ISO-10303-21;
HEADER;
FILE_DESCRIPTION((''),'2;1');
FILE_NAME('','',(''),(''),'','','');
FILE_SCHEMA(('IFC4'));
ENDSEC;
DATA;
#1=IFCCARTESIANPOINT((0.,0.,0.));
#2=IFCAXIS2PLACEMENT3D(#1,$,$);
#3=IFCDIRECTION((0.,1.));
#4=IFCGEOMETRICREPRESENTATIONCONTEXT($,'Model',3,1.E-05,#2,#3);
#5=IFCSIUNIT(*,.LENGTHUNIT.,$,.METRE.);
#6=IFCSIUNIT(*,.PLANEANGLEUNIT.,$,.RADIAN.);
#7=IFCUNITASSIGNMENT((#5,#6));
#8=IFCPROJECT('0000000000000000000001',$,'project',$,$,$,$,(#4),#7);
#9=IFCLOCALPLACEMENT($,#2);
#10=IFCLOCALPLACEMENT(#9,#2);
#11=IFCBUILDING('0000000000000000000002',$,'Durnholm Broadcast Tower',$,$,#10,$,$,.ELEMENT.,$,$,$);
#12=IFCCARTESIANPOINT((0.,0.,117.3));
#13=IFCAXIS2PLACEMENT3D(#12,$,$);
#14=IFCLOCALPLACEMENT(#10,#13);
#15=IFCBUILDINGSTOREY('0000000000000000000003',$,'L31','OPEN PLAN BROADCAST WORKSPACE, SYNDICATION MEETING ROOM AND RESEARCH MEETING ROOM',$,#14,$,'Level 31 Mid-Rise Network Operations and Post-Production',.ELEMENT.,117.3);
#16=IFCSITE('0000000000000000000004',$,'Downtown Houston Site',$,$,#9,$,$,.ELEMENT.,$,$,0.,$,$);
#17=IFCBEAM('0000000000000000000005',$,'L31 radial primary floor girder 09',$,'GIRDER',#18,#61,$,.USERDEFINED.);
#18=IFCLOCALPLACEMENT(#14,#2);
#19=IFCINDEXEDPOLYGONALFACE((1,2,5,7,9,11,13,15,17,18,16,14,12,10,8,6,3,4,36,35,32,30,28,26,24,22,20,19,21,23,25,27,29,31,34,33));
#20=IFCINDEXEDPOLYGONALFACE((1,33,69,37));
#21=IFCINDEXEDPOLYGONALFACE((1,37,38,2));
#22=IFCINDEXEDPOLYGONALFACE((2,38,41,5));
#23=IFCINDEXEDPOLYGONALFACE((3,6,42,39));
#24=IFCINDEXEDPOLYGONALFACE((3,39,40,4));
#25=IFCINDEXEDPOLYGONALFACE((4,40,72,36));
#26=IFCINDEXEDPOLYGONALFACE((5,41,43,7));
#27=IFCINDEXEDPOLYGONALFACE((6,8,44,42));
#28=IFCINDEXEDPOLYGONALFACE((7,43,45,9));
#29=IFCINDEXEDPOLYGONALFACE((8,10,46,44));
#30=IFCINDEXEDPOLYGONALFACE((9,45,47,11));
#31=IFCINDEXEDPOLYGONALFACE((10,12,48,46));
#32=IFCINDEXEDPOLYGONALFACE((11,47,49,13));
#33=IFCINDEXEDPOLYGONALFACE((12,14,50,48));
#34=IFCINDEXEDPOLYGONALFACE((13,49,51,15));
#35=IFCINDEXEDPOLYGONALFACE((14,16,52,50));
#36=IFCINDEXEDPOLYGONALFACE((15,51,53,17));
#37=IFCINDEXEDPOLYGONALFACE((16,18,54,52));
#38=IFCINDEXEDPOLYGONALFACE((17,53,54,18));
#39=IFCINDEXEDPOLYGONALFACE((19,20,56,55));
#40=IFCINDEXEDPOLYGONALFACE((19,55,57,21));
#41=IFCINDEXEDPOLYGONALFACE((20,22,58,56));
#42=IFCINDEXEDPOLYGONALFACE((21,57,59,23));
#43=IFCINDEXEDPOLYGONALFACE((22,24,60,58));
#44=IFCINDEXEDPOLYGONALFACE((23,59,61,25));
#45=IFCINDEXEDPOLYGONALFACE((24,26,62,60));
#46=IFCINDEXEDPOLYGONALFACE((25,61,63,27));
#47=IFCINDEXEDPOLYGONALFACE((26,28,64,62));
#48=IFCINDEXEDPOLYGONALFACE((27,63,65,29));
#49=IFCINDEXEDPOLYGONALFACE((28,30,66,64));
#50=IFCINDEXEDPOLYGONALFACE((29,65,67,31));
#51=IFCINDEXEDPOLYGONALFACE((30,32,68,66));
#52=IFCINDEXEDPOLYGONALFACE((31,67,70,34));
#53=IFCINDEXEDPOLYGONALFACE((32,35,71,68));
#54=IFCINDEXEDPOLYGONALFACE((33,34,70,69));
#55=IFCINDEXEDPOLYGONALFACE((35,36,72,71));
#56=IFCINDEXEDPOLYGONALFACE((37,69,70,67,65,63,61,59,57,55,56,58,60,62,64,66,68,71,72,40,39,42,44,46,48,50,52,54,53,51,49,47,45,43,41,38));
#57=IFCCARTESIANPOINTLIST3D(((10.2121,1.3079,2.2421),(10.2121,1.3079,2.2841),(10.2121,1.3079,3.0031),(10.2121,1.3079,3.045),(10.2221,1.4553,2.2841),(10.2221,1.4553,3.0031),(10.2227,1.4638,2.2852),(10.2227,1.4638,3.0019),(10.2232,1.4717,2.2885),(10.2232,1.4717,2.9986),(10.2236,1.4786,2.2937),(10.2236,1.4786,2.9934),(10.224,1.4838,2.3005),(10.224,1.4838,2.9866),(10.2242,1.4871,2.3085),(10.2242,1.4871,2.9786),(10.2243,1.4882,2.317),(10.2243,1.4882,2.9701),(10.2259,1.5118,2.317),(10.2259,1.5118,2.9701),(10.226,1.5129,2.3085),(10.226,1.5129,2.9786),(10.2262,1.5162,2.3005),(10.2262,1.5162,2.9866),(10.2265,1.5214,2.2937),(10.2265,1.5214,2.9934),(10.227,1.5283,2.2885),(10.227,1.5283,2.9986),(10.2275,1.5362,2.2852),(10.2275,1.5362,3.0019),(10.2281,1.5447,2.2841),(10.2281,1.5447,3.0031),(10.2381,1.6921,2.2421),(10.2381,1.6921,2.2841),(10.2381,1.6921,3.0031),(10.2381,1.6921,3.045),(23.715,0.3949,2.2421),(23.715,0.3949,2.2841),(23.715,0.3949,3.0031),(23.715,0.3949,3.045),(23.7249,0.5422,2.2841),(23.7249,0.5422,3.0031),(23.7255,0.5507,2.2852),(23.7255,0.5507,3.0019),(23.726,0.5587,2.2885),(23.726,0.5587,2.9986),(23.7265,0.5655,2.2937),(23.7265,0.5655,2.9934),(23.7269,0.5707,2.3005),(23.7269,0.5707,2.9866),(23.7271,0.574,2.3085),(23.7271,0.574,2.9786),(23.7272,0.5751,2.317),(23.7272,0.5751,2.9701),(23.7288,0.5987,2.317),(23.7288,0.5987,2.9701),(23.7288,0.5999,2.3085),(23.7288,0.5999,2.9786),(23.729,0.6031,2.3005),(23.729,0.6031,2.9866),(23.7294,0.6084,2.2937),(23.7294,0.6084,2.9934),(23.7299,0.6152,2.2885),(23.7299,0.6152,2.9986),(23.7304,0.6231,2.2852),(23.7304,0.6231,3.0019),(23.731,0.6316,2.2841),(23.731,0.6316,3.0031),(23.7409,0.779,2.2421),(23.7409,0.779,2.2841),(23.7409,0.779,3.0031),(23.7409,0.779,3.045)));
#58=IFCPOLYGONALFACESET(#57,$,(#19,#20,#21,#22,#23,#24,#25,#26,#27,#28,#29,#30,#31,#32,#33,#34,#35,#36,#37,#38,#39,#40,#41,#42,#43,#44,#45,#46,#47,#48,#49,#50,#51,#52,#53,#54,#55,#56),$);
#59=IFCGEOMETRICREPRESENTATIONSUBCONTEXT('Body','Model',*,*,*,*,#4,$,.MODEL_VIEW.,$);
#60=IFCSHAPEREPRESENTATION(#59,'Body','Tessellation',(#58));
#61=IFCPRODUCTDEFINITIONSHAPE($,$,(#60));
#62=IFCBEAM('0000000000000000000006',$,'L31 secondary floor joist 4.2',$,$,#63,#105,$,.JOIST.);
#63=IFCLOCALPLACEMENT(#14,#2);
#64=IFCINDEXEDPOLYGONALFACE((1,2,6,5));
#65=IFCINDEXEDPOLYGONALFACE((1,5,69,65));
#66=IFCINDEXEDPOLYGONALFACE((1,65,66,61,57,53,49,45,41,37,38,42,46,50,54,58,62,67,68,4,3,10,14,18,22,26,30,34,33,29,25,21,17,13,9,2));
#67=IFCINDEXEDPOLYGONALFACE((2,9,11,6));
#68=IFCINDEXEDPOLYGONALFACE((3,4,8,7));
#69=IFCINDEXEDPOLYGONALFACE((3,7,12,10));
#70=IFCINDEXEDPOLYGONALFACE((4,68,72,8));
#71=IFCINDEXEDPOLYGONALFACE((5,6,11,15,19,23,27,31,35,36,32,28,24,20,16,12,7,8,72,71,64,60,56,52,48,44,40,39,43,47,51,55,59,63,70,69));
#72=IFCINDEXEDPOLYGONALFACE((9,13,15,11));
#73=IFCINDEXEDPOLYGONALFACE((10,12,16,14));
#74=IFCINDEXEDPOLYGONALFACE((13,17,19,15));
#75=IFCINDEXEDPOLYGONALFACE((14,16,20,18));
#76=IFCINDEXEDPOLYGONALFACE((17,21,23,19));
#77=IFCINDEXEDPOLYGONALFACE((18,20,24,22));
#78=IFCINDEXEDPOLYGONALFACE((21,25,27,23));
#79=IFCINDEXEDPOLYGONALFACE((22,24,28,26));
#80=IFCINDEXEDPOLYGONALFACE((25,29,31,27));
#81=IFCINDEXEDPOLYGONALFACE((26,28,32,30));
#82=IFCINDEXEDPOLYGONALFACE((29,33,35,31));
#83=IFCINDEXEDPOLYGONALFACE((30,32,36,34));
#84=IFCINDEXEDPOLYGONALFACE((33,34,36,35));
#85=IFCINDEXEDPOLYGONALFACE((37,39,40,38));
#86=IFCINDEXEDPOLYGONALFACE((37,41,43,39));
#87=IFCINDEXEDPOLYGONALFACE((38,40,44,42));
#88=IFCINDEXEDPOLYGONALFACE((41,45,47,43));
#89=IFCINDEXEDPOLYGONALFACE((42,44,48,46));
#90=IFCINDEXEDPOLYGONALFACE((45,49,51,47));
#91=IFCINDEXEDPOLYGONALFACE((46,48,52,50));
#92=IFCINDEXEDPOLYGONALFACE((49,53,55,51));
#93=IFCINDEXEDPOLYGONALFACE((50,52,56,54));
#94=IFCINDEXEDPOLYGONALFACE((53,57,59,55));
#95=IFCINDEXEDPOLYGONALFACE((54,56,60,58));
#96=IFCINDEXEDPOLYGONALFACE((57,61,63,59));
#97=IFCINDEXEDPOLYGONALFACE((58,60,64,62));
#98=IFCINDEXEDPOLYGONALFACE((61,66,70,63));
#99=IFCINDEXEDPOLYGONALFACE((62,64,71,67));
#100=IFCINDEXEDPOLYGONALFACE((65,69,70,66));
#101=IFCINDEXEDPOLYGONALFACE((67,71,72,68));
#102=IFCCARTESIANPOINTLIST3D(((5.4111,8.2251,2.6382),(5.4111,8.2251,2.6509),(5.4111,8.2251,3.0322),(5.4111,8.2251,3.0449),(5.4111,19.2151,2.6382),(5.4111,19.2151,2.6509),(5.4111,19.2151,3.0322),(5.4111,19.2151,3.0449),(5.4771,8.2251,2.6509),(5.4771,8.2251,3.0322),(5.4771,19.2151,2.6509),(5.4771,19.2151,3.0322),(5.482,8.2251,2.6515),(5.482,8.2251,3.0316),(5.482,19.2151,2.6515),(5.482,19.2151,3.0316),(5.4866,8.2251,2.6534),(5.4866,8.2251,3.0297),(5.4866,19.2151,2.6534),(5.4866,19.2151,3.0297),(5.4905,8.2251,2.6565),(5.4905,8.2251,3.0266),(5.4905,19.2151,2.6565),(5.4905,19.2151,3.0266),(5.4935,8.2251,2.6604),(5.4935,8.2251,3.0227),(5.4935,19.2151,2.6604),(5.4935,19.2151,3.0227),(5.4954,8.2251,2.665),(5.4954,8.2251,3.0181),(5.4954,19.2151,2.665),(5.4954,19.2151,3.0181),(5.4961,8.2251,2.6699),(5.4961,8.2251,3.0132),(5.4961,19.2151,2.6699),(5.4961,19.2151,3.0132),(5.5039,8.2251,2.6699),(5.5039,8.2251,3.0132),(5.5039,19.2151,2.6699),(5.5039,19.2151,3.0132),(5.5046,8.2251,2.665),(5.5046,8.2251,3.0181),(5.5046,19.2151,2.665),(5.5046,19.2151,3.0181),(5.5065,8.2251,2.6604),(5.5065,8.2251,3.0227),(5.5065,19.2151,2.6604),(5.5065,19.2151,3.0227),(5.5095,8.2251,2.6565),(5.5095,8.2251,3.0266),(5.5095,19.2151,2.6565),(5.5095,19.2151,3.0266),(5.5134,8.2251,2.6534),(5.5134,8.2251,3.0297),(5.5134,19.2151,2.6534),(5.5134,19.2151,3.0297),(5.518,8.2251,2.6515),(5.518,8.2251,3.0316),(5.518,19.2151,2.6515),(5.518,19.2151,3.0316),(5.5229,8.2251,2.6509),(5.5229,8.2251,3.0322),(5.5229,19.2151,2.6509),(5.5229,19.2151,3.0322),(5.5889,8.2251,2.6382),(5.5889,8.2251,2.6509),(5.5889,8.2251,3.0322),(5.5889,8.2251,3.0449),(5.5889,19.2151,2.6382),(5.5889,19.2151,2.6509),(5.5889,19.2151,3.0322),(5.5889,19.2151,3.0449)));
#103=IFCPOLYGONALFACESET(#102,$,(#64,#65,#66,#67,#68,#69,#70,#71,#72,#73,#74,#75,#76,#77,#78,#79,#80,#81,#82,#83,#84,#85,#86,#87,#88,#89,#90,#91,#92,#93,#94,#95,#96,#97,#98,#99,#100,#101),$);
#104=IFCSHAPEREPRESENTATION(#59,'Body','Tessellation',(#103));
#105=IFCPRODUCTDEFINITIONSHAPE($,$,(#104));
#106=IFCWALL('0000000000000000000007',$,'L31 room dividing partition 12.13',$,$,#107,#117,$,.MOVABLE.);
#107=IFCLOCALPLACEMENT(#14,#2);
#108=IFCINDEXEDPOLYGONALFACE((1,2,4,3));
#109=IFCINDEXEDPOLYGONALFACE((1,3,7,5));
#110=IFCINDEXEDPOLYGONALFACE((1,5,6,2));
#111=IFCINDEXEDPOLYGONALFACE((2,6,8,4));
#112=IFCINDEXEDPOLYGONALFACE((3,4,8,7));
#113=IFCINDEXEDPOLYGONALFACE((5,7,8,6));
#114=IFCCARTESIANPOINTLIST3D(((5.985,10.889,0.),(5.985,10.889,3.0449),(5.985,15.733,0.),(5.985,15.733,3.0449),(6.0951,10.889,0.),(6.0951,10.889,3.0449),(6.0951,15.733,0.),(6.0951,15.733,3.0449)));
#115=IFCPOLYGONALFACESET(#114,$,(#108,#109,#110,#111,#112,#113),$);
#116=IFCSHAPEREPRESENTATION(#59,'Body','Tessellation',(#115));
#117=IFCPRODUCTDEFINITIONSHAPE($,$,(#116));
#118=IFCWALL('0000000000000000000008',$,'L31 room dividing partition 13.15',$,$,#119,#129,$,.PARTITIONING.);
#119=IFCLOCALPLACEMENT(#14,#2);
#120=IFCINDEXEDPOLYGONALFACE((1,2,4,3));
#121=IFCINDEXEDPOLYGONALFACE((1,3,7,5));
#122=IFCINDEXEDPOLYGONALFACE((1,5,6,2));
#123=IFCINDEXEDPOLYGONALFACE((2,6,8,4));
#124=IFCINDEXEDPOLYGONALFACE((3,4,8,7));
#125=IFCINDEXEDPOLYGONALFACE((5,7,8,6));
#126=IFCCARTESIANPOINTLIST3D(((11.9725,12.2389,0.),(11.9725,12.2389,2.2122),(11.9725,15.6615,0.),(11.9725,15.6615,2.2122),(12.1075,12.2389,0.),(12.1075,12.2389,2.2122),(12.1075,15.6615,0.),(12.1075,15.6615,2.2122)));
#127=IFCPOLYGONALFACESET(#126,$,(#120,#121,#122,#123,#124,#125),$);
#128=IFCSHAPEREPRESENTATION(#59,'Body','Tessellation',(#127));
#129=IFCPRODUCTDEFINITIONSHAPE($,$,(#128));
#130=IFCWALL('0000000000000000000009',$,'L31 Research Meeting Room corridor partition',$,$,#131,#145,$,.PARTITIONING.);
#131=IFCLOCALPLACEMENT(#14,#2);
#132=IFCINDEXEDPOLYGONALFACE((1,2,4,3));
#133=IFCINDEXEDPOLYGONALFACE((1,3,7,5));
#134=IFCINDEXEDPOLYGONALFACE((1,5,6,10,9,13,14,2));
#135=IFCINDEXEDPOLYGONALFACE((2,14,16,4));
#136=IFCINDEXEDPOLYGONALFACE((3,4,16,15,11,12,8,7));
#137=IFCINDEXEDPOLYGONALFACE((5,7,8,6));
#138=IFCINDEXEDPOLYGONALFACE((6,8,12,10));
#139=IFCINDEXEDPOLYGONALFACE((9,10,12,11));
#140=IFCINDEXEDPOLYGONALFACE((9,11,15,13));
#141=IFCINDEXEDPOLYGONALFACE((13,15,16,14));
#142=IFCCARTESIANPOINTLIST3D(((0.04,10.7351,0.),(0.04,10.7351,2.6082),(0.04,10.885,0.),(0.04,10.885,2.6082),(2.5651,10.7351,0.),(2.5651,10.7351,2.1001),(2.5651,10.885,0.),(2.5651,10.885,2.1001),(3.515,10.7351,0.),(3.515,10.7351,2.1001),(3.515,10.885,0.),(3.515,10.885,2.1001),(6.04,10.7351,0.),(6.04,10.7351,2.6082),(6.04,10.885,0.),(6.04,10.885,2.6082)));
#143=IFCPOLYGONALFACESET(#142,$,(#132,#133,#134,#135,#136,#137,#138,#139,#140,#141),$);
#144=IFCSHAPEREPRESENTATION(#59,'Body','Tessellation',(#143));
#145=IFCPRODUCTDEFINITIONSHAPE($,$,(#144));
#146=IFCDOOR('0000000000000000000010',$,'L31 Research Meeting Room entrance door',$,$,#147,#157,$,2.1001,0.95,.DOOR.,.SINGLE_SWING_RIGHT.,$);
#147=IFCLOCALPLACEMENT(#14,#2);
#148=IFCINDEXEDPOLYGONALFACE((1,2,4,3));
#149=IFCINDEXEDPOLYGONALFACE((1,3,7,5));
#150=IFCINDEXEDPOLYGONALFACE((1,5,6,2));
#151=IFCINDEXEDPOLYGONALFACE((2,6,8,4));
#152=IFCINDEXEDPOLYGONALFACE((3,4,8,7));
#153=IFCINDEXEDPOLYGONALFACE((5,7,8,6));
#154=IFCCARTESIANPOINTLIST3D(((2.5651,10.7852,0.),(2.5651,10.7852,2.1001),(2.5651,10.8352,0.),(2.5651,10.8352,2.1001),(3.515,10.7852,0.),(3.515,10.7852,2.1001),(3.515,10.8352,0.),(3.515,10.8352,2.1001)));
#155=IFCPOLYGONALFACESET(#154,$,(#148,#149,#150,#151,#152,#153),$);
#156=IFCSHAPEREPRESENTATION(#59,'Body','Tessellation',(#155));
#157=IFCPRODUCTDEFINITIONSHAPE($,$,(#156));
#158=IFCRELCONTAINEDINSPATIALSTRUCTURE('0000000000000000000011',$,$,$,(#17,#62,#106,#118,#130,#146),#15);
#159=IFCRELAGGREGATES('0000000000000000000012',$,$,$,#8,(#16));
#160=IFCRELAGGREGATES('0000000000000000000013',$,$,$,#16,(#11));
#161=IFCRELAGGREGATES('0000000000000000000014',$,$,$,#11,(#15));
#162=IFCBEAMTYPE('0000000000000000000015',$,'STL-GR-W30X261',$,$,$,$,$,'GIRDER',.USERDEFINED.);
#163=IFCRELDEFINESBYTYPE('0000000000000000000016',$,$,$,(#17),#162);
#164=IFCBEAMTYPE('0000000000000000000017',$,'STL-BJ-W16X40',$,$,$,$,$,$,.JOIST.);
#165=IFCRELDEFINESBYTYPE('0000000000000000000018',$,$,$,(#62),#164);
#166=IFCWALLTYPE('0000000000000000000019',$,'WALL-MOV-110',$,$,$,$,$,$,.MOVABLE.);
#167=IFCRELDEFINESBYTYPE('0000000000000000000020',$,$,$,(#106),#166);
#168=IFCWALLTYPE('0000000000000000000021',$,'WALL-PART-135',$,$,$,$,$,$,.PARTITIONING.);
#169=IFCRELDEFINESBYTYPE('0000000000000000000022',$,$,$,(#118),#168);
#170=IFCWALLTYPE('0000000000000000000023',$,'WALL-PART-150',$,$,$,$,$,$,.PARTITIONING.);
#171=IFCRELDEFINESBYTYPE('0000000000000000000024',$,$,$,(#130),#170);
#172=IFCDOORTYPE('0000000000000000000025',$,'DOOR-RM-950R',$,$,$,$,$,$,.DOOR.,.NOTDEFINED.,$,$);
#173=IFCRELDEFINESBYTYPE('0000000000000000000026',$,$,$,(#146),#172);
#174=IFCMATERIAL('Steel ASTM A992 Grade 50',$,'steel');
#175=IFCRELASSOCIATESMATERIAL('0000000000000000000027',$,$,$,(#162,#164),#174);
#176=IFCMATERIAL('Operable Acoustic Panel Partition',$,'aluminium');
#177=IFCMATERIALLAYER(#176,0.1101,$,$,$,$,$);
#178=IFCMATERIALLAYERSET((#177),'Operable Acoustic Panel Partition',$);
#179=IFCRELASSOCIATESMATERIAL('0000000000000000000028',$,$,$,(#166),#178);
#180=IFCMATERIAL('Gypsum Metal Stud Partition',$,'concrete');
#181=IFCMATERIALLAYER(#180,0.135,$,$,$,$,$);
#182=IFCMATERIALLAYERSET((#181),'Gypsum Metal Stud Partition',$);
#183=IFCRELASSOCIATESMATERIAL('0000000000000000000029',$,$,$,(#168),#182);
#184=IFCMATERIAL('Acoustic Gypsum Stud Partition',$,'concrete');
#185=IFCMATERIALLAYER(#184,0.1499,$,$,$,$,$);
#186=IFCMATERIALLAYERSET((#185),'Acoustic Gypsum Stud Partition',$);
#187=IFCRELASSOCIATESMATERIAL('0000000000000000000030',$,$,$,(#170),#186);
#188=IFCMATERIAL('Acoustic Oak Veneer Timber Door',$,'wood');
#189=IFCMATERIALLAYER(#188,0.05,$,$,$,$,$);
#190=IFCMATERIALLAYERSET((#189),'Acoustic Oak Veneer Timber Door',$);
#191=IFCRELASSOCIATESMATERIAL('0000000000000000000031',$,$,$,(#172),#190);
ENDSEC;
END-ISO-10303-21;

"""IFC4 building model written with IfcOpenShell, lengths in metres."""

from ifc_helpers import new_model, si_unit, direction, frame, frame_2d, origin, origin_2d, place, context, subcontext, project, spatial, rectangle, i_section, extrude, source, transform, mapped, material, layer, layer_set, material_profile, profile_set, type_object, type_shapes, element, fill, save


model = new_model("IFC4")

# Units and contexts
model_context = context("Model", 3, precision=1e-05, world=origin(), true_north=direction((0.0, 1.0)))
body_context = subcontext(model_context, "Body", "Model", "MODEL_VIEW")
ifc_project = project(units=[si_unit("LENGTHUNIT", "METRE"), si_unit("PLANEANGLEUNIT", "RADIAN")], contexts=[model_context])

# Site, building, storey
site_placement = place(None, origin())
site = spatial("IfcSite", under=ifc_project, at=site_placement, Name="Downtown Houston Site", CompositionType="ELEMENT", RefElevation=0.0)
building_placement = place(site_placement, origin())
building = spatial("IfcBuilding", under=site, at=building_placement, Name="Durnholm Broadcast Tower", CompositionType="ELEMENT")
storey_placement = place(building_placement, frame((0.0, 0.0, 117.3)))
storey = spatial("IfcBuildingStorey", under=building, at=storey_placement, Name="L31", Description="OPEN PLAN BROADCAST WORKSPACE, SYNDICATION MEETING ROOM AND RESEARCH MEETING ROOM", LongName="Level 31 Mid-Rise Network Operations and Post-Production", CompositionType="ELEMENT", Elevation=117.3)

# Beams
ifc_material_1 = material(Name="Steel ASTM A992 Grade 50", Category="steel")
ifc_material_profile_1 = material_profile(ifc_material_1, i_section(OverallWidth=0.385, OverallDepth=0.803, WebThickness=0.0237, FlangeThickness=0.042, FilletRadius=0.033, at=origin_2d()), Name="W30X261")
ifc_profile_set_1 = profile_set([ifc_material_profile_1], Name="Steel ASTM A992 Grade 50")
beam_type_1 = type_object("IfcBeamType", Name="STL-GR-W30X261", ElementType="GIRDER", PredefinedType="USERDEFINED", material=ifc_profile_set_1)
shared_shape_1 = source(origin(), body_context, "Body", "SweptSolid", [
    extrude(i_section(OverallWidth=0.385, OverallDepth=0.803, WebThickness=0.0237, FlangeThickness=0.042, FilletRadius=0.033, at=origin_2d()), origin(), (0.0, 0.0, 1.0), 13.5337),
])
beam_1_placement = place(storey_placement, frame((10.2251, 1.5, 2.6436), z_axis=(0.997721, -0.067467, 0.0), x_axis=(0.067467, 0.997721, 0.0)))
element("IfcBeam", 1, at=beam_1_placement, inside=storey, type_object=beam_type_1, Name="L31 radial primary floor girder 09", ObjectType="GIRDER", PredefinedType="USERDEFINED", context=body_context, shape_type="MappedRepresentation", body=[
    mapped(shared_shape_1, transform((0.0, 0.0, 0.0), x_axis=(1.0, 0.0, 0.0), y_axis=(0.0, 1.0, 0.0), z_axis=(0.0, 0.0, 1.0), scale=1.0)),
])
ifc_material_profile_2 = material_profile(ifc_material_1, i_section(OverallWidth=0.1777, OverallDepth=0.4067, WebThickness=0.0078, FlangeThickness=0.0127, FilletRadius=0.019, at=origin_2d()), Name="W16X40")
ifc_profile_set_2 = profile_set([ifc_material_profile_2], Name="Steel ASTM A992 Grade 50")
beam_type_2 = type_object("IfcBeamType", Name="STL-BJ-W16X40", PredefinedType="JOIST", material=ifc_profile_set_2)
shared_shape_2 = source(origin(), body_context, "Body", "SweptSolid", [
    extrude(i_section(OverallWidth=0.1777, OverallDepth=0.4067, WebThickness=0.0078, FlangeThickness=0.0127, FilletRadius=0.019, at=origin_2d()), origin(), (0.0, 0.0, 1.0), 10.99),
])
type_shapes(beam_type_2, [shared_shape_2])
beam_2_placement = place(storey_placement, frame((5.5, 8.2251, 2.8416), z_axis=(0.0, 1.0, 0.0), x_axis=(-1.0, 0.0, 0.0)))
element("IfcBeam", 2, at=beam_2_placement, inside=storey, type_object=beam_type_2, Name="L31 secondary floor joist 4.2", PredefinedType="JOIST", context=body_context, shape_type="MappedRepresentation", body=[
    mapped(shared_shape_2, transform((0.0, 0.0, 0.0), x_axis=(1.0, 0.0, 0.0), y_axis=(0.0, 1.0, 0.0), z_axis=(0.0, 0.0, 1.0), scale=1.0)),
])

# Walls
ifc_material_2 = material(Name="Operable Acoustic Panel Partition", Category="aluminium")
ifc_layer_1 = layer(ifc_material_2, 0.1101)
ifc_layer_set_1 = layer_set([ifc_layer_1], Name="Operable Acoustic Panel Partition")
wall_type_1 = type_object("IfcWallType", Name="WALL-MOV-110", PredefinedType="MOVABLE", material=ifc_layer_set_1)
wall_1_placement = place(storey_placement, frame((6.04, 15.7329, 0.0), z_axis=(0.0, 0.0, 1.0), x_axis=(0.0, -1.0, 0.0)))
element("IfcWall", 3, at=wall_1_placement, inside=storey, type_object=wall_type_1, Name="L31 room dividing partition 12.13", PredefinedType="MOVABLE", context=body_context, shape_type="SweptSolid", body=[
    extrude(rectangle(XDim=4.844, YDim=0.1101, at=frame_2d((2.4219, 0.0))), origin(), (0.0, 0.0, 1.0), 3.0449),
])
ifc_material_3 = material(Name="Gypsum Metal Stud Partition", Category="concrete")
ifc_layer_2 = layer(ifc_material_3, 0.135)
ifc_layer_set_2 = layer_set([ifc_layer_2], Name="Gypsum Metal Stud Partition")
wall_type_2 = type_object("IfcWallType", Name="WALL-PART-135", PredefinedType="PARTITIONING", material=ifc_layer_set_2)
wall_2_placement = place(storey_placement, frame((12.04, 15.6616, 0.0), z_axis=(0.0, 0.0, 1.0), x_axis=(0.0, -1.0, 0.0)))
element("IfcWall", 4, at=wall_2_placement, inside=storey, type_object=wall_type_2, Name="L31 room dividing partition 13.15", PredefinedType="PARTITIONING", context=body_context, shape_type="SweptSolid", body=[
    extrude(rectangle(XDim=3.4226, YDim=0.135, at=frame_2d((1.7114, 0.0))), origin(), (0.0, 0.0, 1.0), 2.2122),
])

# Wall, opening, door
ifc_material_4 = material(Name="Acoustic Gypsum Stud Partition", Category="concrete")
ifc_layer_3 = layer(ifc_material_4, 0.1499)
ifc_layer_set_3 = layer_set([ifc_layer_3], Name="Acoustic Gypsum Stud Partition")
wall_type_3 = type_object("IfcWallType", Name="WALL-PART-150", PredefinedType="PARTITIONING", material=ifc_layer_set_3)
wall_3_placement = place(storey_placement, frame((6.04, 10.8101, 0.0), z_axis=(0.0, 0.0, 1.0), x_axis=(-1.0, 0.0, 0.0)))
wall_3 = element("IfcWall", 5, at=wall_3_placement, inside=storey, type_object=wall_type_3, Name="L31 Research Meeting Room corridor partition", PredefinedType="PARTITIONING", context=body_context, shape_type="SweptSolid", body=[
    extrude(rectangle(XDim=6.0, YDim=0.1499, at=frame_2d((3.0, 0.0))), origin(), (0.0, 0.0, 1.0), 2.6082),
])
opening_1_placement = place(wall_3_placement, frame((2.5249, 0.0, 0.0)))
opening_1 = element("IfcOpeningElement", 6, at=opening_1_placement, cuts=wall_3, PredefinedType="OPENING", context=body_context, shape_type="SweptSolid", body=[
    extrude(rectangle(XDim=0.95, YDim=2.1001, at=frame_2d((0.4751, 1.05))), frame((0.0, 0.085, 0.0), z_axis=(0.0, -1.0, 0.0), x_axis=(1.0, 0.0, 0.0)), (0.0, 0.0, 1.0), 0.1699),
])
ifc_material_5 = material(Name="Acoustic Oak Veneer Timber Door", Category="wood")
ifc_layer_4 = layer(ifc_material_5, 0.05)
ifc_layer_set_4 = layer_set([ifc_layer_4], Name="Acoustic Oak Veneer Timber Door")
door_type_1 = type_object("IfcDoorType", Name="DOOR-RM-950R", OperationType="NOTDEFINED", PredefinedType="DOOR", material=ifc_layer_set_4)
shared_shape_3 = source(origin(), body_context, "Body", "SweptSolid", [
    extrude(rectangle(XDim=0.95, YDim=2.1001, at=frame_2d((0.4751, 1.05))), frame((0.0, 0.0249, 0.0), z_axis=(0.0, -1.0, 0.0), x_axis=(1.0, 0.0, 0.0)), (0.0, 0.0, 1.0), 0.05),
])
type_shapes(door_type_1, [shared_shape_3])
door_1_placement = place(opening_1_placement, origin())
door_1 = element("IfcDoor", 7, at=door_1_placement, inside=storey, type_object=door_type_1, Name="L31 Research Meeting Room entrance door", OperationType="SINGLE_SWING_RIGHT", OverallHeight=2.1001, OverallWidth=0.95, PredefinedType="DOOR", context=body_context, shape_type="MappedRepresentation", body=[
    mapped(shared_shape_3, transform((0.0, 0.0, 0.0), x_axis=(1.0, 0.0, 0.0), y_axis=(0.0, 1.0, 0.0), z_axis=(0.0, 0.0, 1.0), scale=1.0)),
])
fill(opening_1, door_1)

save(model, "model.ifc")
